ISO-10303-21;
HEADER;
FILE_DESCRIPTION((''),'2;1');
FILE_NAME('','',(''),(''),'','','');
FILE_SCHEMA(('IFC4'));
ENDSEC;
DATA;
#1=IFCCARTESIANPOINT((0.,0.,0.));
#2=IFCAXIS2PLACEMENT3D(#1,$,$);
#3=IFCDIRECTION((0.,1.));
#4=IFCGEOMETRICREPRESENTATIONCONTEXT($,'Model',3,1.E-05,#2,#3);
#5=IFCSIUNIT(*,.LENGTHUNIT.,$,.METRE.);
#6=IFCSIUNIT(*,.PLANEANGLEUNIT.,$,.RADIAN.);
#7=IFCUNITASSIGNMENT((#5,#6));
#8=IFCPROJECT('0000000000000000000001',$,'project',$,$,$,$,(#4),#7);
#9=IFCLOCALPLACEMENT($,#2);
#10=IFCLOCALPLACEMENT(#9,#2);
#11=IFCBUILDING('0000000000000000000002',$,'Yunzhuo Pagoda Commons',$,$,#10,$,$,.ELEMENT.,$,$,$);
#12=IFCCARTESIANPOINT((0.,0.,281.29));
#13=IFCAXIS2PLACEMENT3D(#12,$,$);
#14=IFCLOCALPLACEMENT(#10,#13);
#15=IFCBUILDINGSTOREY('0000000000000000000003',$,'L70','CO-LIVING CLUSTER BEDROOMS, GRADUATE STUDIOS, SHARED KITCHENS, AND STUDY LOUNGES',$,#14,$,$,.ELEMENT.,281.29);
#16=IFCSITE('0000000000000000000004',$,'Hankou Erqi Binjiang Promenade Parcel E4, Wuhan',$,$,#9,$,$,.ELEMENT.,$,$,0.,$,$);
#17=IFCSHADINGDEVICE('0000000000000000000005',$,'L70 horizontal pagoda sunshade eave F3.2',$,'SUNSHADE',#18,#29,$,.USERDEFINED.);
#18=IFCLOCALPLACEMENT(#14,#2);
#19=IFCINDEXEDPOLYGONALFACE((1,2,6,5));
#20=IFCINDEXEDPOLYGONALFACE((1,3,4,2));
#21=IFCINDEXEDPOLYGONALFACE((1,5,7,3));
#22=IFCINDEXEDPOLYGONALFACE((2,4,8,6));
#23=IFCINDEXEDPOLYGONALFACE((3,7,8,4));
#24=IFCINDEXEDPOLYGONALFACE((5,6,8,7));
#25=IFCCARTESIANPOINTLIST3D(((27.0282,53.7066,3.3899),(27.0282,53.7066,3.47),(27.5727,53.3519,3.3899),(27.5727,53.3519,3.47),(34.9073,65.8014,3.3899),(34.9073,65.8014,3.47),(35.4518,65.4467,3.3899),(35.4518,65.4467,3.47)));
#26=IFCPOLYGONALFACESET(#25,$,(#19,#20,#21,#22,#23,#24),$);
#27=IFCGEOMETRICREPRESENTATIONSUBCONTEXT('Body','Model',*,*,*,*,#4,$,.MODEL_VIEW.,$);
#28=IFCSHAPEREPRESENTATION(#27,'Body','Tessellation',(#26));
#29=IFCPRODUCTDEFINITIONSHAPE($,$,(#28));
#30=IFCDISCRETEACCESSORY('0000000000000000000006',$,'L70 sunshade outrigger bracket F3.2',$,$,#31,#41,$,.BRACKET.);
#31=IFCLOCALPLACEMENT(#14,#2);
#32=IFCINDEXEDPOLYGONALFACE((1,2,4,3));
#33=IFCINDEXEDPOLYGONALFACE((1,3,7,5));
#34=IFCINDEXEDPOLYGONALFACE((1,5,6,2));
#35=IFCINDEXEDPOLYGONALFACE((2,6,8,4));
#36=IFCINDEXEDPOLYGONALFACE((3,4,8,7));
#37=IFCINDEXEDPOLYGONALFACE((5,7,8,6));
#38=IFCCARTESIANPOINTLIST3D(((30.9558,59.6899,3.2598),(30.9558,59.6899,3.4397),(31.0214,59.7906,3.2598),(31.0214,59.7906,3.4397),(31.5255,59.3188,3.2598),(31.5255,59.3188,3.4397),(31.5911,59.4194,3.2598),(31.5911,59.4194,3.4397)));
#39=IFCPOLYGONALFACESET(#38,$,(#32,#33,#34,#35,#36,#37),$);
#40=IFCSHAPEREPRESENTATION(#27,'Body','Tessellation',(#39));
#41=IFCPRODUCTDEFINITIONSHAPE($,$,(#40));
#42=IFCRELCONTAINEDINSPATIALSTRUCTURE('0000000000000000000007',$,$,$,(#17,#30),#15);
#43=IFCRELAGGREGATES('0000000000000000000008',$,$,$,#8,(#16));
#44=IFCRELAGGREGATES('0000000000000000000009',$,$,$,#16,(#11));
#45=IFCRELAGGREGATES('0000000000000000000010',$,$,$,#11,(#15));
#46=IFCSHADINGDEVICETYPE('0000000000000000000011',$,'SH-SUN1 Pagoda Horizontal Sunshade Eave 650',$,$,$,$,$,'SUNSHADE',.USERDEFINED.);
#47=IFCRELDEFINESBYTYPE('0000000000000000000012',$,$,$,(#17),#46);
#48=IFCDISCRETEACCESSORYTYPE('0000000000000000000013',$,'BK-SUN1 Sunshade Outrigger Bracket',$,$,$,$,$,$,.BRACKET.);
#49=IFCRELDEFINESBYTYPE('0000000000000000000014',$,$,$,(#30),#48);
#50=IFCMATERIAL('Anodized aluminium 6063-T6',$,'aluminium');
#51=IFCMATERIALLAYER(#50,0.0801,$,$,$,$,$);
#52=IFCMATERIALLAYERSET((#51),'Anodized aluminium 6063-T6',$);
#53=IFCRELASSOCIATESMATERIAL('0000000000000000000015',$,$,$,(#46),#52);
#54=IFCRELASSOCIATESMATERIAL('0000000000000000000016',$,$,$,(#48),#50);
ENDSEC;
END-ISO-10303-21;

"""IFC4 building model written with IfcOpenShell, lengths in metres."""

from ifc_helpers import new_model, si_unit, direction, frame, origin, origin_2d, place, context, subcontext, project, spatial, rectangle, extrude, source, transform, mapped, material, layer, layer_set, type_object, element, save


model = new_model("IFC4")

# Units and contexts
model_context = context("Model", 3, precision=1e-05, world=origin(), true_north=direction((0.0, 1.0)))
body_context = subcontext(model_context, "Body", "Model", "MODEL_VIEW")
ifc_project = project(units=[si_unit("LENGTHUNIT", "METRE"), si_unit("PLANEANGLEUNIT", "RADIAN")], contexts=[model_context])

# Site, building, storey
site_placement = place(None, origin())
site = spatial("IfcSite", under=ifc_project, at=site_placement, Name="Hankou Erqi Binjiang Promenade Parcel E4, Wuhan", CompositionType="ELEMENT", RefElevation=0.0)
building_placement = place(site_placement, origin())
building = spatial("IfcBuilding", under=site, at=building_placement, Name="Yunzhuo Pagoda Commons", CompositionType="ELEMENT")
storey_placement = place(building_placement, frame((0.0, 0.0, 281.29)))
storey = spatial("IfcBuildingStorey", under=building, at=storey_placement, Name="L70", Description="CO-LIVING CLUSTER BEDROOMS, GRADUATE STUDIOS, SHARED KITCHENS, AND STUDY LOUNGES", CompositionType="ELEMENT", Elevation=281.29)

# Shared definitions
ifc_material_1 = material(Name="Anodized aluminium 6063-T6", Category="aluminium")

# Shading device
ifc_layer_1 = layer(ifc_material_1, 0.0801)
ifc_layer_set_1 = layer_set([ifc_layer_1], Name="Anodized aluminium 6063-T6")
shading_device_type = type_object("IfcShadingDeviceType", Name="SH-SUN1 Pagoda Horizontal Sunshade Eave 650", ElementType="SUNSHADE", PredefinedType="USERDEFINED", material=ifc_layer_set_1)
shared_shape_1 = source(origin(), body_context, "Body", "SweptSolid", [
    extrude(rectangle(XDim=14.4348, YDim=0.6499, at=origin_2d()), origin(), (0.0, 0.0, 1.0), 0.0801),
])
shading_device_1_placement = place(storey_placement, frame((31.24, 59.5767, 3.3899), z_axis=(0.0, 0.0, 1.0), x_axis=(-0.545839, -0.83789, 0.0)))
element("IfcShadingDevice", 1, at=shading_device_1_placement, inside=storey, type_object=shading_device_type, Name="L70 horizontal pagoda sunshade eave F3.2", ObjectType="SUNSHADE", PredefinedType="USERDEFINED", context=body_context, shape_type="MappedRepresentation", body=[
    mapped(shared_shape_1, transform((0.0, 0.0, 0.0), scale=1.0)),
])

# Discrete accessory
discrete_accessory_type = type_object("IfcDiscreteAccessoryType", Name="BK-SUN1 Sunshade Outrigger Bracket", PredefinedType="BRACKET", material=ifc_material_1)
shared_shape_2 = source(origin(), body_context, "Body", "SweptSolid", [
    extrude(rectangle(XDim=0.1201, YDim=0.6799, at=origin_2d()), origin(), (0.0, 0.0, 1.0), 0.1799),
])
discrete_accessory_placement = place(storey_placement, frame((31.2734, 59.5547, 3.2598), z_axis=(0.0, 0.0, 1.0), x_axis=(-0.545839, -0.83789, 0.0)))
element("IfcDiscreteAccessory", 2, at=discrete_accessory_placement, inside=storey, type_object=discrete_accessory_type, Name="L70 sunshade outrigger bracket F3.2", PredefinedType="BRACKET", context=body_context, shape_type="MappedRepresentation", body=[
    mapped(shared_shape_2, transform((0.0, 0.0, 0.0), scale=1.0)),
])

save(model, "model.ifc")
